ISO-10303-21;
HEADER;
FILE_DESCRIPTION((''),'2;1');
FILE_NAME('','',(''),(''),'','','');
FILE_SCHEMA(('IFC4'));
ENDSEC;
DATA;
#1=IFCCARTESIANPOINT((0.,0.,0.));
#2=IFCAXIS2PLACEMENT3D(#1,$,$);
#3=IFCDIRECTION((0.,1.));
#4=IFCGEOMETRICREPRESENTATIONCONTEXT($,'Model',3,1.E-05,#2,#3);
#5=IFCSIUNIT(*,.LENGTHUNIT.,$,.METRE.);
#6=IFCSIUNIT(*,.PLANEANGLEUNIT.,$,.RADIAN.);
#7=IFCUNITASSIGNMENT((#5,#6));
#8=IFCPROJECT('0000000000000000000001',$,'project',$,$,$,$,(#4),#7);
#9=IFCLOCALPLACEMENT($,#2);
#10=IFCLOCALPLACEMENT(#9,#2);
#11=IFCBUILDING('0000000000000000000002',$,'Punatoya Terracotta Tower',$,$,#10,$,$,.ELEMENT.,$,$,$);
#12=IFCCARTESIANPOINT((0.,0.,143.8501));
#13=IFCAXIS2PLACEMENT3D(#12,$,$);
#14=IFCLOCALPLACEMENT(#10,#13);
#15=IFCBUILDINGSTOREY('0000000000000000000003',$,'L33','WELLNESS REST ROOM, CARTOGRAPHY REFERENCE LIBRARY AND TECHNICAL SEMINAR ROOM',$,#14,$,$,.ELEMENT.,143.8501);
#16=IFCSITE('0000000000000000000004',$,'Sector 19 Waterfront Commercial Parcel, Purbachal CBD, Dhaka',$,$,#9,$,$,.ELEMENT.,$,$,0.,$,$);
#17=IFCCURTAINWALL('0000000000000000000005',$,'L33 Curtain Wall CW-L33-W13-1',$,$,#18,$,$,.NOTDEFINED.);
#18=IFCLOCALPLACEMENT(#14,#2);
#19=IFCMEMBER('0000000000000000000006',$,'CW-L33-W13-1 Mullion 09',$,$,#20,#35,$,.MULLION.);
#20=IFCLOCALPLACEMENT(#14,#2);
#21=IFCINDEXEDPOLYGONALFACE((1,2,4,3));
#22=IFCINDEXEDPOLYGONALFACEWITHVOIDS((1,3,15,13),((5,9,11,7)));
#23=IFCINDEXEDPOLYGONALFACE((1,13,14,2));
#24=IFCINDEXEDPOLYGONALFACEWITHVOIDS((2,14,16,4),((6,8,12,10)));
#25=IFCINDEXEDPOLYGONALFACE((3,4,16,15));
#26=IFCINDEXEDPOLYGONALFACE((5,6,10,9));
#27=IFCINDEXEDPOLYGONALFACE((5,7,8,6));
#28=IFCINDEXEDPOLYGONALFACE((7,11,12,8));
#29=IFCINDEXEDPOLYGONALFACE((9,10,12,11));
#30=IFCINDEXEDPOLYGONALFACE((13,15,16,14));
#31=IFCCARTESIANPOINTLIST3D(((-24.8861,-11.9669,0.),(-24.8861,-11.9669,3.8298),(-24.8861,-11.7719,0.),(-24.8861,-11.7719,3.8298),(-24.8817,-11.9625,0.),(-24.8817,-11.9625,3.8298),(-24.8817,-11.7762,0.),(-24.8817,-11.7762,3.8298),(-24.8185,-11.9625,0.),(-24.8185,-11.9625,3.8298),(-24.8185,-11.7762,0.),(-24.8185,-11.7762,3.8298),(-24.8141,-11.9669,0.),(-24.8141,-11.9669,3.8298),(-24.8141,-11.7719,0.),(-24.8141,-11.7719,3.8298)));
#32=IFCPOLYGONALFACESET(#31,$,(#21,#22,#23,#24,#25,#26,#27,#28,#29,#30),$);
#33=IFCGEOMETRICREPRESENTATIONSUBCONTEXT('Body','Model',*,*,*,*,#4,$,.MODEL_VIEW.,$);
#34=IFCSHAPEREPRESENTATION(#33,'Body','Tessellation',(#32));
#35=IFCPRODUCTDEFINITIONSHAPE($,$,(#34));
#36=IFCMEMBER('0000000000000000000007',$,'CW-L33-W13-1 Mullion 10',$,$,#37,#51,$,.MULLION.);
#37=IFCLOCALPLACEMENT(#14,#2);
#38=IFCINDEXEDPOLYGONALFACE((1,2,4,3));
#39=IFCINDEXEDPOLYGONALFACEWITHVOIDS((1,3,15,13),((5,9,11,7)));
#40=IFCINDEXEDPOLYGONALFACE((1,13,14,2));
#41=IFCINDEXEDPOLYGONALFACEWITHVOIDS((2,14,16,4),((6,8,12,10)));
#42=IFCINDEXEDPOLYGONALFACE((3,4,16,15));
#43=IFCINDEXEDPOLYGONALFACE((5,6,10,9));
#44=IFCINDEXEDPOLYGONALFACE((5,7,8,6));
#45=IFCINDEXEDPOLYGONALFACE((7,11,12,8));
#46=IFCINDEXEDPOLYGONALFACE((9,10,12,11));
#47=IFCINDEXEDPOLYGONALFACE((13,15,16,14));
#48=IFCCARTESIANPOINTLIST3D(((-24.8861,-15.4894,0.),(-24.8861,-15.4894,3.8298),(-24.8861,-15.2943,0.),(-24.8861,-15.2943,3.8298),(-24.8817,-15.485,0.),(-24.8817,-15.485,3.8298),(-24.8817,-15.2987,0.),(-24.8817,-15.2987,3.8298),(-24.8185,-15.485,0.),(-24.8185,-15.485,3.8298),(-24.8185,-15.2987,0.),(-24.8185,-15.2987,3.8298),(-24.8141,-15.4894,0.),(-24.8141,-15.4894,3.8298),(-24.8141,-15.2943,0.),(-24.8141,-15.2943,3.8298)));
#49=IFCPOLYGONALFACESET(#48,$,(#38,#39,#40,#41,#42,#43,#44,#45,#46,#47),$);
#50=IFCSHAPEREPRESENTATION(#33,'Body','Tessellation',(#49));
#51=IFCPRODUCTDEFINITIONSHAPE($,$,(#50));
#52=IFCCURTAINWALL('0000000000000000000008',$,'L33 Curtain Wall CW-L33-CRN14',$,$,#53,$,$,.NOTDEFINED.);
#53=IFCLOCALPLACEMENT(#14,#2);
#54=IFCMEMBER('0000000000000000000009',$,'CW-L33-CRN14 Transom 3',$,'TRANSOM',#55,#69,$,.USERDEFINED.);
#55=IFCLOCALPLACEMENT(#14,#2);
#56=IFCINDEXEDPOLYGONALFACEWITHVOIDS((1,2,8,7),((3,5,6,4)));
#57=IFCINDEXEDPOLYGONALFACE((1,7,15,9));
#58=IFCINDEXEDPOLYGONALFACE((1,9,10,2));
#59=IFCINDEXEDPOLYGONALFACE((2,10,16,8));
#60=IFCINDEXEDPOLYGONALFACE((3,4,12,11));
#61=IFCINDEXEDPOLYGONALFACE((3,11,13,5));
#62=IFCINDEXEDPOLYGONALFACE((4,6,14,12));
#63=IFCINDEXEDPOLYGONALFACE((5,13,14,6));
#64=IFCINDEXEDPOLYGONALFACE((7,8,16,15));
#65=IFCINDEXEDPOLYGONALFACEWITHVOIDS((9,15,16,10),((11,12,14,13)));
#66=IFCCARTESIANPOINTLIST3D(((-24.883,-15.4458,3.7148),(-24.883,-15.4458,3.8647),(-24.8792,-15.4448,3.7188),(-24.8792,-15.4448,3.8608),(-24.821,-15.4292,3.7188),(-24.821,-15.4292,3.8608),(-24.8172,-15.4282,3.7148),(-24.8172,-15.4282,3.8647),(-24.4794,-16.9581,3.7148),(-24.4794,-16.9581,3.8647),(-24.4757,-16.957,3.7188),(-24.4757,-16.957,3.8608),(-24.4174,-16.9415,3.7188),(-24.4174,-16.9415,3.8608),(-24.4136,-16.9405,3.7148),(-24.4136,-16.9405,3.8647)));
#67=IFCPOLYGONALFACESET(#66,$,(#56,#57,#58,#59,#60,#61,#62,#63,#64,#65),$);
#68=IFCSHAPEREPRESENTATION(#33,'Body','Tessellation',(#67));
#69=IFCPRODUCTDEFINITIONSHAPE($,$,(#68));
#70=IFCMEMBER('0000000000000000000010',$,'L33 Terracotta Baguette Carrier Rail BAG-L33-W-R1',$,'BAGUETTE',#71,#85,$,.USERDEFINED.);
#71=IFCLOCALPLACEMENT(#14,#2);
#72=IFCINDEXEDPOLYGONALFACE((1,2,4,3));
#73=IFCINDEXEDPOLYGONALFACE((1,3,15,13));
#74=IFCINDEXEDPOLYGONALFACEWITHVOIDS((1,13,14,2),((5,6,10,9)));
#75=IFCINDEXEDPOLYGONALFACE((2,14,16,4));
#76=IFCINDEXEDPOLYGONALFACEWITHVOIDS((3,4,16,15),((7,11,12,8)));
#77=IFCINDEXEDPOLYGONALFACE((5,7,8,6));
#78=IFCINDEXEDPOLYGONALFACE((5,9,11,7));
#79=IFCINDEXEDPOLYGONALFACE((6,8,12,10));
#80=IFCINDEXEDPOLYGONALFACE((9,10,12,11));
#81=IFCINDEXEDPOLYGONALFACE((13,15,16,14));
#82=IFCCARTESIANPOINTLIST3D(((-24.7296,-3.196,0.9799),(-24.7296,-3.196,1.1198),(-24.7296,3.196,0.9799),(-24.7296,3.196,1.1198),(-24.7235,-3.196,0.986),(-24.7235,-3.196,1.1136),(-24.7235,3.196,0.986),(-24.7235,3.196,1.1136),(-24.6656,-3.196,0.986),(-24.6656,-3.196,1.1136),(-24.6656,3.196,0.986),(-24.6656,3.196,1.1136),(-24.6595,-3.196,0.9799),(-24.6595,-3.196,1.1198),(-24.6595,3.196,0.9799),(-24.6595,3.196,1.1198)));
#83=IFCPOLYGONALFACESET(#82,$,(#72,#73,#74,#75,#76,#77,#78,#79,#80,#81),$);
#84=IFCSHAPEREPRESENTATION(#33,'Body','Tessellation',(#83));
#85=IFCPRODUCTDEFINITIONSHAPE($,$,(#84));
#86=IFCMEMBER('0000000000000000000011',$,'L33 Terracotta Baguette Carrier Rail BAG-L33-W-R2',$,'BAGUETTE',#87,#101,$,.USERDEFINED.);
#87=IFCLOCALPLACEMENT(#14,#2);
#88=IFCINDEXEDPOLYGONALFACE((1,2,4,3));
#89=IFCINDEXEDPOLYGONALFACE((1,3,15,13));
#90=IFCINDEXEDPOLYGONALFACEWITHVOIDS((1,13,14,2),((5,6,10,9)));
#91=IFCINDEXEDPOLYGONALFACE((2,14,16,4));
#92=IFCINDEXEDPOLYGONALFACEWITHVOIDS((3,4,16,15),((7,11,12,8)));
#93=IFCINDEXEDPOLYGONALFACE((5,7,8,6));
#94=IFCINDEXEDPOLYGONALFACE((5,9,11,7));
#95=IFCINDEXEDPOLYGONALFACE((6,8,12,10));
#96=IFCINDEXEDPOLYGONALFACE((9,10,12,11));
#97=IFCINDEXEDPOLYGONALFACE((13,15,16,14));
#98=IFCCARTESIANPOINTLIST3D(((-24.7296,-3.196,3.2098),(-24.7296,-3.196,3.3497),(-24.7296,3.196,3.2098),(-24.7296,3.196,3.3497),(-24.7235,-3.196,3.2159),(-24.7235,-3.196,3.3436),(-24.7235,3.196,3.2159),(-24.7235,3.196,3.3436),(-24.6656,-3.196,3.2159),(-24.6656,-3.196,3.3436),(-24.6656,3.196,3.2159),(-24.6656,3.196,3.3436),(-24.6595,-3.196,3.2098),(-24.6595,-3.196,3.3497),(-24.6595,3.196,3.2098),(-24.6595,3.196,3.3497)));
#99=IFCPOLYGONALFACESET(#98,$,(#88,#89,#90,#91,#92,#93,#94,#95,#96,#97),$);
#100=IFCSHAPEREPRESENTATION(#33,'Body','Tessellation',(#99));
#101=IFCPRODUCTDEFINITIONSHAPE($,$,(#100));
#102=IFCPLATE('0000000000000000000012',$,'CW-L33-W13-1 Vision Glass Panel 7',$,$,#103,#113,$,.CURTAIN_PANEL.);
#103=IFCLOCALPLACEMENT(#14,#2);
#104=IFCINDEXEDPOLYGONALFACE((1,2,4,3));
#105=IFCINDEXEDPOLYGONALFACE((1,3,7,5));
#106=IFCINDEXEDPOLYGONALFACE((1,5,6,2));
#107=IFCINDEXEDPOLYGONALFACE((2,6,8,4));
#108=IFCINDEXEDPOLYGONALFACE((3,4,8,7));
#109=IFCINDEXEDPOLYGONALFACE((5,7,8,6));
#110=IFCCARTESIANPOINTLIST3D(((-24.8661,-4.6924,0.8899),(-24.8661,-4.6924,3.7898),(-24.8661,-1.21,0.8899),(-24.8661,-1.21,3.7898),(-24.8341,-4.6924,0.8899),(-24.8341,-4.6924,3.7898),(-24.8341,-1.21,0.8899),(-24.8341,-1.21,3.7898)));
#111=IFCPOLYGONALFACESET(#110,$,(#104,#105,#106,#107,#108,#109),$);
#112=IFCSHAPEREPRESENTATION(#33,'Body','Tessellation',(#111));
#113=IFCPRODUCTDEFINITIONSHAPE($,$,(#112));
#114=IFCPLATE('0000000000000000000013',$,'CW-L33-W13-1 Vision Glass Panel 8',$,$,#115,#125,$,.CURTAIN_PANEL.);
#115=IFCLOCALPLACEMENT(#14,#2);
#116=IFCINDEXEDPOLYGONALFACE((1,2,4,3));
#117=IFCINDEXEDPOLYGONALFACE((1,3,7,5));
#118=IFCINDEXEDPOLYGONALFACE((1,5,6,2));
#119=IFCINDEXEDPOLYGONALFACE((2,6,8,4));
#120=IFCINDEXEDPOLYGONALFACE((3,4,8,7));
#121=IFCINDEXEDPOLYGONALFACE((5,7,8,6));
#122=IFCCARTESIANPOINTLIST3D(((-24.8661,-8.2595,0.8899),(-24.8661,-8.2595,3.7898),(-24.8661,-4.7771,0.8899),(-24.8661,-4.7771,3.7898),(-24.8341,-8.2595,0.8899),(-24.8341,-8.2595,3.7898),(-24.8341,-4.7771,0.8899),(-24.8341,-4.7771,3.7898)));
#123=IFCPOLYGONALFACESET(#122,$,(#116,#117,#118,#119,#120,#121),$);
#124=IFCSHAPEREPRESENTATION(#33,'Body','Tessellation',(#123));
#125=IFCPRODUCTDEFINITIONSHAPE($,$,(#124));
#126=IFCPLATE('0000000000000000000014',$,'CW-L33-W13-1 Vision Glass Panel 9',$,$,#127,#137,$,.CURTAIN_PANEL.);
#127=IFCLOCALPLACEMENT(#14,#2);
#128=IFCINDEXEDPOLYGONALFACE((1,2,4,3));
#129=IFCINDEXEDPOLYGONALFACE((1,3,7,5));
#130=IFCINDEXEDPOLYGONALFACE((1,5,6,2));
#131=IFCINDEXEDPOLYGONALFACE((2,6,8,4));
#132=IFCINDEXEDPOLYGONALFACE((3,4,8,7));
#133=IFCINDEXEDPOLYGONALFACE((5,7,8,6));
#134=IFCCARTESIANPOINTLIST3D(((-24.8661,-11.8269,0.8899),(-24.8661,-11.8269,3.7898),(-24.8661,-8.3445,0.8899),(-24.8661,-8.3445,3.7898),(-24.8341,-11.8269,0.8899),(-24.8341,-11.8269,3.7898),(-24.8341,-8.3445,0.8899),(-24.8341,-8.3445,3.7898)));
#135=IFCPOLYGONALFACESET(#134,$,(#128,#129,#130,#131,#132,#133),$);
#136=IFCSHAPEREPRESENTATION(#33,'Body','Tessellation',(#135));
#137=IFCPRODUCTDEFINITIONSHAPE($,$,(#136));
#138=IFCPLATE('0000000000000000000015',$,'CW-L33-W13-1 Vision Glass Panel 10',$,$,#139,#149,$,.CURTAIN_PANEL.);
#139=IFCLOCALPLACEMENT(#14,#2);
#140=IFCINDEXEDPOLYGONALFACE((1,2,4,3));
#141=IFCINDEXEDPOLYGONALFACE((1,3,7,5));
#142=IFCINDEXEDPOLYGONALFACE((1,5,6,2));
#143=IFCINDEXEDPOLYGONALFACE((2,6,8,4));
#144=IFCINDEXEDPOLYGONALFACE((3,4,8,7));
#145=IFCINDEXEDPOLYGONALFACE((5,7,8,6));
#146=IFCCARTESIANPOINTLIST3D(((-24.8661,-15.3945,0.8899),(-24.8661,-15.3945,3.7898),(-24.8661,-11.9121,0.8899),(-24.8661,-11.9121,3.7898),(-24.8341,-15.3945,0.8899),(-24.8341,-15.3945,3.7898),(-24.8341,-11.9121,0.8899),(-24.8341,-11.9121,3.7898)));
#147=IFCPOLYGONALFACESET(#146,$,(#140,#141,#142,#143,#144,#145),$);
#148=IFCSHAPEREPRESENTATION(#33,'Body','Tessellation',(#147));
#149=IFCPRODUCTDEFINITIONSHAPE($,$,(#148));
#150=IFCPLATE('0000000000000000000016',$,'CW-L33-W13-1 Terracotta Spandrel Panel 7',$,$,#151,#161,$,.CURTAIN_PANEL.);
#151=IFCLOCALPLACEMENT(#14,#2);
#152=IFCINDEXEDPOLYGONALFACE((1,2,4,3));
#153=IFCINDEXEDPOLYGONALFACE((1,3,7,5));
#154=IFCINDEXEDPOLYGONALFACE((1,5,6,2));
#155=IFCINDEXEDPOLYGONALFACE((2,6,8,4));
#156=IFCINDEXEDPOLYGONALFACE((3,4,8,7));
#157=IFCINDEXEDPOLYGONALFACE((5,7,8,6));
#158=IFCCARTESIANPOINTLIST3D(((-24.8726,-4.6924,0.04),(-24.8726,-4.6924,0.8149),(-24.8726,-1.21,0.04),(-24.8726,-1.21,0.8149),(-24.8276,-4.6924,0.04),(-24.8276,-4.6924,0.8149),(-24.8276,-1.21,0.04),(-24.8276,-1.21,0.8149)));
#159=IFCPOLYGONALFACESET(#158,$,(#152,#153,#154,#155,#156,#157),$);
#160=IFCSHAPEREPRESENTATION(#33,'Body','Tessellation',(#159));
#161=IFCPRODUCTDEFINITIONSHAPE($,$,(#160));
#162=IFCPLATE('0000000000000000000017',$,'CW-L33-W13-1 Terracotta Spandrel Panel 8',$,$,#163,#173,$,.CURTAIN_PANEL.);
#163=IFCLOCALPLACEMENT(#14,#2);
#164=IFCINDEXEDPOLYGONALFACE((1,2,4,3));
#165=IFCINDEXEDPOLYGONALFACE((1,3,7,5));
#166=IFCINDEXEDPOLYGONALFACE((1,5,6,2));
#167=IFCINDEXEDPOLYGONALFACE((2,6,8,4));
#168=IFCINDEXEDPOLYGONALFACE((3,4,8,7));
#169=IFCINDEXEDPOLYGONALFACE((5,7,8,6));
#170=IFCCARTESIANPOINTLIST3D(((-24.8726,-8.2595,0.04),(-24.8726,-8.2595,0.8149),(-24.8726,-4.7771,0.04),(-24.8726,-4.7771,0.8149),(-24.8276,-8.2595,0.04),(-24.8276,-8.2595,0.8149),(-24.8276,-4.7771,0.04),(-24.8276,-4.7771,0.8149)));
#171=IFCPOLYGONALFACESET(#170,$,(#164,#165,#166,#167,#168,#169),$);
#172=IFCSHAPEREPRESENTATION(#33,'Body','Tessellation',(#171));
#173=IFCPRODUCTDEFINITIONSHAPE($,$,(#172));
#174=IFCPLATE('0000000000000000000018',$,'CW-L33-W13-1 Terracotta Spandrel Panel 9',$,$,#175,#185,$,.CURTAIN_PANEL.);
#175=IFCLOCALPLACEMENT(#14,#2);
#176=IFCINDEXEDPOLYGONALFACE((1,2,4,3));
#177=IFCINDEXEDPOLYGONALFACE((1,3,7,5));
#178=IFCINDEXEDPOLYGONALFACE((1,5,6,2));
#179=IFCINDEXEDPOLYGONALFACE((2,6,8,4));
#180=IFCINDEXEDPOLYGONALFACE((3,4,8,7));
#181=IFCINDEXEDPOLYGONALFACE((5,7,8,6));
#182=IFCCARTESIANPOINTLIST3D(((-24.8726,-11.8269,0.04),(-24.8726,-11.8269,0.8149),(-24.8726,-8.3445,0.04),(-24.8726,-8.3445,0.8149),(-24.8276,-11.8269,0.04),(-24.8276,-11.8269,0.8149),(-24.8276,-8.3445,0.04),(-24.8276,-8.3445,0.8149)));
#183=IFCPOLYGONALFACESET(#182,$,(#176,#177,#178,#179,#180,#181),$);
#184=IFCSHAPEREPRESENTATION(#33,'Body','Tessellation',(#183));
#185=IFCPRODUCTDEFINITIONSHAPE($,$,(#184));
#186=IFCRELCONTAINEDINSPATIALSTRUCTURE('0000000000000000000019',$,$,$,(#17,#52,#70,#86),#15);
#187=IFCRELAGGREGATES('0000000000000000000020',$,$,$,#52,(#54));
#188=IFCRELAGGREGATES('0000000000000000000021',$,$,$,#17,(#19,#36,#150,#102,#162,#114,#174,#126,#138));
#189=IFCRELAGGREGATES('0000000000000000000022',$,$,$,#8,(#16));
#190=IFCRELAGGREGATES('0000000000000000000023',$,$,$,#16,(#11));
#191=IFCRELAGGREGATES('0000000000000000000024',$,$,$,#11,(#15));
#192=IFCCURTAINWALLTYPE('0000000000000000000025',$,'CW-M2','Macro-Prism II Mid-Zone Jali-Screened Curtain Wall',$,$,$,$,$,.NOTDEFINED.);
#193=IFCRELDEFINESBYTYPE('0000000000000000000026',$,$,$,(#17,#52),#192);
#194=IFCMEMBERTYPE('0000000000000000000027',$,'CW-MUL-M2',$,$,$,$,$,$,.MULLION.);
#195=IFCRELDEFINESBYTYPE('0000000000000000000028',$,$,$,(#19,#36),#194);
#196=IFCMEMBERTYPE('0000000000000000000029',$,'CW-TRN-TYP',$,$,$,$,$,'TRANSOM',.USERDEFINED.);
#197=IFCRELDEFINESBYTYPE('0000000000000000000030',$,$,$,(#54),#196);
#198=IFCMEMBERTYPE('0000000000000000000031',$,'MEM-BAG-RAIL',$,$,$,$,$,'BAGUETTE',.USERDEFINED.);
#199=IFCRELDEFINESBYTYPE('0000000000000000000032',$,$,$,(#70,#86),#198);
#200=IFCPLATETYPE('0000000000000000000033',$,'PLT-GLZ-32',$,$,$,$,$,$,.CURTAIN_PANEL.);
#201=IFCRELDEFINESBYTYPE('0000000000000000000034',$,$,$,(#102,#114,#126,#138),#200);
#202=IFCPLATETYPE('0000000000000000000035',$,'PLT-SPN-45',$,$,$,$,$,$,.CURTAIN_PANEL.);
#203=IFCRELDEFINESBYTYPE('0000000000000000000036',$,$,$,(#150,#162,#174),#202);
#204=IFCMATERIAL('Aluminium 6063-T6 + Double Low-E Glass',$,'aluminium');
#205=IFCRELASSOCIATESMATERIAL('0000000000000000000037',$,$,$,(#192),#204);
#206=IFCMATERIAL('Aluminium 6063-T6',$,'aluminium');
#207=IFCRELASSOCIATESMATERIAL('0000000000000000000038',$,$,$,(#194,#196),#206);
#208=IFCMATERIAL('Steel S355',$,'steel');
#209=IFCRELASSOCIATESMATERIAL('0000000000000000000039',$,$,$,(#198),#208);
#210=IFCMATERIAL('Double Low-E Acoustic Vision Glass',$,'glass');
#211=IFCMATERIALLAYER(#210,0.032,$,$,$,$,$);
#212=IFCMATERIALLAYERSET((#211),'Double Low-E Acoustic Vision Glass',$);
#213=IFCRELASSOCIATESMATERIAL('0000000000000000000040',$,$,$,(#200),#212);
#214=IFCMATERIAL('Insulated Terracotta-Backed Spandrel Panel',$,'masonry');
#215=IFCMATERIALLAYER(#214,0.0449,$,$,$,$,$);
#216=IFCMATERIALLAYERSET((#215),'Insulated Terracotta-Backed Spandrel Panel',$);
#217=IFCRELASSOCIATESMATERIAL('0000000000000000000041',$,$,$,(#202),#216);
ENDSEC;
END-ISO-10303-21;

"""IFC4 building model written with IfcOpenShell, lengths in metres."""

from ifc_helpers import new_model, si_unit, direction, frame, origin, origin_2d, place, context, subcontext, project, spatial, rectangle, hollow_rectangle, extrude, material, layer, layer_set, material_profile, profile_set, type_object, element, aggregate, save


model = new_model("IFC4")

# Units and contexts
model_context = context("Model", 3, precision=1e-05, world=origin(), true_north=direction((0.0, 1.0)))
body_context = subcontext(model_context, "Body", "Model", "MODEL_VIEW")
ifc_project = project(units=[si_unit("LENGTHUNIT", "METRE"), si_unit("PLANEANGLEUNIT", "RADIAN")], contexts=[model_context])

# Site, building, storey
site_placement = place(None, origin())
site = spatial("IfcSite", under=ifc_project, at=site_placement, Name="Sector 19 Waterfront Commercial Parcel, Purbachal CBD, Dhaka", CompositionType="ELEMENT", RefElevation=0.0)
building_placement = place(site_placement, origin())
building = spatial("IfcBuilding", under=site, at=building_placement, Name="Punatoya Terracotta Tower", CompositionType="ELEMENT")
storey_placement = place(building_placement, frame((0.0, 0.0, 143.8501)))
storey = spatial("IfcBuildingStorey", under=building, at=storey_placement, Name="L33", Description="WELLNESS REST ROOM, CARTOGRAPHY REFERENCE LIBRARY AND TECHNICAL SEMINAR ROOM", CompositionType="ELEMENT", Elevation=143.8501)

# Curtain wall, members
ifc_material_1 = material(Name="Aluminium 6063-T6 + Double Low-E Glass", Category="aluminium")
curtain_wall_type = type_object("IfcCurtainWallType", Name="CW-M2", Description="Macro-Prism II Mid-Zone Jali-Screened Curtain Wall", PredefinedType="NOTDEFINED", material=ifc_material_1)
curtain_wall_1_placement = place(storey_placement, origin())
curtain_wall_1 = element("IfcCurtainWall", 1, at=curtain_wall_1_placement, inside=storey, type_object=curtain_wall_type, Name="L33 Curtain Wall CW-L33-W13-1", PredefinedType="NOTDEFINED")
ifc_material_2 = material(Name="Aluminium 6063-T6", Category="aluminium")
ifc_material_profile_1 = material_profile(ifc_material_2, hollow_rectangle(XDim=0.072, YDim=0.1951, WallThickness=0.0044, at=origin_2d()))
ifc_profile_set_1 = profile_set([ifc_material_profile_1], Name="Aluminium 6063-T6")
member_type_1 = type_object("IfcMemberType", Name="CW-MUL-M2", PredefinedType="MULLION", material=ifc_profile_set_1)
member_1_placement = place(storey_placement, frame((-24.8501, -11.8694, 0.0), z_axis=(0.0, 0.0, 1.0), x_axis=(1.0, 0.0, 0.0)))
member_1 = element("IfcMember", 2, at=member_1_placement, type_object=member_type_1, Name="CW-L33-W13-1 Mullion 09", PredefinedType="MULLION", context=body_context, shape_type="SweptSolid", body=[
    extrude(hollow_rectangle(XDim=0.072, YDim=0.1951, WallThickness=0.0044, at=origin_2d()), origin(), (0.0, 0.0, 1.0), 3.8298),
])
member_2_placement = place(storey_placement, frame((-24.8501, -15.3918, 0.0), z_axis=(0.0, 0.0, 1.0), x_axis=(1.0, 0.0, 0.0)))
member_2 = element("IfcMember", 3, at=member_2_placement, type_object=member_type_1, Name="CW-L33-W13-1 Mullion 10", PredefinedType="MULLION", context=body_context, shape_type="SweptSolid", body=[
    extrude(hollow_rectangle(XDim=0.072, YDim=0.1951, WallThickness=0.0044, at=origin_2d()), origin(), (0.0, 0.0, 1.0), 3.8298),
])

# Curtain wall, member
curtain_wall_2_placement = place(storey_placement, origin())
curtain_wall_2 = element("IfcCurtainWall", 4, at=curtain_wall_2_placement, inside=storey, type_object=curtain_wall_type, Name="L33 Curtain Wall CW-L33-CRN14", PredefinedType="NOTDEFINED")
ifc_material_profile_2 = material_profile(ifc_material_2, hollow_rectangle(XDim=0.0681, YDim=0.1499, WallThickness=0.0039, at=origin_2d()))
ifc_profile_set_2 = profile_set([ifc_material_profile_2], Name="Aluminium 6063-T6")
member_type_2 = type_object("IfcMemberType", Name="CW-TRN-TYP", ElementType="TRANSOM", PredefinedType="USERDEFINED", material=ifc_profile_set_2)
member_3_placement = place(storey_placement, frame((-24.8501, -15.437, 3.7898), z_axis=(0.257847, -0.966186, 0.0), x_axis=(0.966186, 0.257847, 0.0)))
member_3 = element("IfcMember", 5, at=member_3_placement, type_object=member_type_2, Name="CW-L33-CRN14 Transom 3", ObjectType="TRANSOM", PredefinedType="USERDEFINED", context=body_context, shape_type="SweptSolid", body=[
    extrude(hollow_rectangle(XDim=0.0681, YDim=0.1499, WallThickness=0.0039, at=origin_2d()), origin(), (0.0, 0.0, 1.0), 1.5652),
])
aggregate(curtain_wall_2, [member_3])

# Members
ifc_material_3 = material(Name="Steel S355", Category="steel")
ifc_material_profile_3 = material_profile(ifc_material_3, hollow_rectangle(XDim=0.0701, YDim=0.1399, WallThickness=0.0061, at=origin_2d()))
ifc_profile_set_3 = profile_set([ifc_material_profile_3], Name="Steel S355")
member_type_3 = type_object("IfcMemberType", Name="MEM-BAG-RAIL", ElementType="BAGUETTE", PredefinedType="USERDEFINED", material=ifc_profile_set_3)
for number, where, z_axis, x_axis, name in (
    (6, (-24.6946, -3.196, 1.0498), (0.0, 1.0, 0.0), (-1.0, 0.0, 0.0), "L33 Terracotta Baguette Carrier Rail BAG-L33-W-R1"),
    (7, (-24.6946, -3.196, 3.2798), (0.0, 1.0, 0.0), (-1.0, 0.0, 0.0), "L33 Terracotta Baguette Carrier Rail BAG-L33-W-R2"),
):
    element("IfcMember", number, at=place(storey_placement, frame(where, z_axis=z_axis, x_axis=x_axis)), inside=storey, type_object=member_type_3, Name=name, ObjectType="BAGUETTE", PredefinedType="USERDEFINED", context=body_context, shape_type="SweptSolid", body=[
        extrude(hollow_rectangle(XDim=0.0701, YDim=0.1399, WallThickness=0.0061, at=origin_2d()), origin(), (0.0, 0.0, 1.0), 6.3921),
    ])

# Plates
ifc_material_4 = material(Name="Double Low-E Acoustic Vision Glass", Category="glass")
ifc_layer_1 = layer(ifc_material_4, 0.032)
ifc_layer_set_1 = layer_set([ifc_layer_1], Name="Double Low-E Acoustic Vision Glass")
plate_type_1 = type_object("IfcPlateType", Name="PLT-GLZ-32", PredefinedType="CURTAIN_PANEL", material=ifc_layer_set_1)
plate_1_placement = place(storey_placement, frame((-24.8501, -2.9512, 0.8899), z_axis=(0.0, 0.0, 1.0), x_axis=(0.0, -1.0, 0.0)))
plate_1 = element("IfcPlate", 8, at=plate_1_placement, type_object=plate_type_1, Name="CW-L33-W13-1 Vision Glass Panel 7", PredefinedType="CURTAIN_PANEL", context=body_context, shape_type="SweptSolid", body=[
    extrude(rectangle(XDim=3.4824, YDim=0.032, at=origin_2d()), origin(), (0.0, 0.0, 1.0), 2.8999),
])
plate_2_placement = place(storey_placement, frame((-24.8501, -6.5183, 0.8899), z_axis=(0.0, 0.0, 1.0), x_axis=(0.0, -1.0, 0.0)))
plate_2 = element("IfcPlate", 9, at=plate_2_placement, type_object=plate_type_1, Name="CW-L33-W13-1 Vision Glass Panel 8", PredefinedType="CURTAIN_PANEL", context=body_context, shape_type="SweptSolid", body=[
    extrude(rectangle(XDim=3.4824, YDim=0.032, at=origin_2d()), origin(), (0.0, 0.0, 1.0), 2.8999),
])
plate_3_placement = place(storey_placement, frame((-24.8501, -10.0857, 0.8899), z_axis=(0.0, 0.0, 1.0), x_axis=(0.0, -1.0, 0.0)))
plate_3 = element("IfcPlate", 10, at=plate_3_placement, type_object=plate_type_1, Name="CW-L33-W13-1 Vision Glass Panel 9", PredefinedType="CURTAIN_PANEL", context=body_context, shape_type="SweptSolid", body=[
    extrude(rectangle(XDim=3.4824, YDim=0.032, at=origin_2d()), origin(), (0.0, 0.0, 1.0), 2.8999),
])
plate_4_placement = place(storey_placement, frame((-24.8501, -13.6533, 0.8899), z_axis=(0.0, 0.0, 1.0), x_axis=(0.0, -1.0, 0.0)))
plate_4 = element("IfcPlate", 11, at=plate_4_placement, type_object=plate_type_1, Name="CW-L33-W13-1 Vision Glass Panel 10", PredefinedType="CURTAIN_PANEL", context=body_context, shape_type="SweptSolid", body=[
    extrude(rectangle(XDim=3.4824, YDim=0.032, at=origin_2d()), origin(), (0.0, 0.0, 1.0), 2.8999),
])
ifc_material_5 = material(Name="Insulated Terracotta-Backed Spandrel Panel", Category="masonry")
ifc_layer_2 = layer(ifc_material_5, 0.0449)
ifc_layer_set_2 = layer_set([ifc_layer_2], Name="Insulated Terracotta-Backed Spandrel Panel")
plate_type_2 = type_object("IfcPlateType", Name="PLT-SPN-45", PredefinedType="CURTAIN_PANEL", material=ifc_layer_set_2)
plate_5_placement = place(storey_placement, frame((-24.8501, -2.9512, 0.04), z_axis=(0.0, 0.0, 1.0), x_axis=(0.0, -1.0, 0.0)))
plate_5 = element("IfcPlate", 12, at=plate_5_placement, type_object=plate_type_2, Name="CW-L33-W13-1 Terracotta Spandrel Panel 7", PredefinedType="CURTAIN_PANEL", context=body_context, shape_type="SweptSolid", body=[
    extrude(rectangle(XDim=3.4824, YDim=0.0449, at=origin_2d()), origin(), (0.0, 0.0, 1.0), 0.7749),
])
plate_6_placement = place(storey_placement, frame((-24.8501, -6.5183, 0.04), z_axis=(0.0, 0.0, 1.0), x_axis=(0.0, -1.0, 0.0)))
plate_6 = element("IfcPlate", 13, at=plate_6_placement, type_object=plate_type_2, Name="CW-L33-W13-1 Terracotta Spandrel Panel 8", PredefinedType="CURTAIN_PANEL", context=body_context, shape_type="SweptSolid", body=[
    extrude(rectangle(XDim=3.4824, YDim=0.0449, at=origin_2d()), origin(), (0.0, 0.0, 1.0), 0.7749),
])
plate_7_placement = place(storey_placement, frame((-24.8501, -10.0857, 0.04), z_axis=(0.0, 0.0, 1.0), x_axis=(0.0, -1.0, 0.0)))
plate_7 = element("IfcPlate", 14, at=plate_7_placement, type_object=plate_type_2, Name="CW-L33-W13-1 Terracotta Spandrel Panel 9", PredefinedType="CURTAIN_PANEL", context=body_context, shape_type="SweptSolid", body=[
    extrude(rectangle(XDim=3.4824, YDim=0.0449, at=origin_2d()), origin(), (0.0, 0.0, 1.0), 0.7749),
])
aggregate(curtain_wall_1, [member_1, member_2, plate_5, plate_1, plate_6, plate_2, plate_7, plate_3, plate_4])

save(model, "model.ifc")
